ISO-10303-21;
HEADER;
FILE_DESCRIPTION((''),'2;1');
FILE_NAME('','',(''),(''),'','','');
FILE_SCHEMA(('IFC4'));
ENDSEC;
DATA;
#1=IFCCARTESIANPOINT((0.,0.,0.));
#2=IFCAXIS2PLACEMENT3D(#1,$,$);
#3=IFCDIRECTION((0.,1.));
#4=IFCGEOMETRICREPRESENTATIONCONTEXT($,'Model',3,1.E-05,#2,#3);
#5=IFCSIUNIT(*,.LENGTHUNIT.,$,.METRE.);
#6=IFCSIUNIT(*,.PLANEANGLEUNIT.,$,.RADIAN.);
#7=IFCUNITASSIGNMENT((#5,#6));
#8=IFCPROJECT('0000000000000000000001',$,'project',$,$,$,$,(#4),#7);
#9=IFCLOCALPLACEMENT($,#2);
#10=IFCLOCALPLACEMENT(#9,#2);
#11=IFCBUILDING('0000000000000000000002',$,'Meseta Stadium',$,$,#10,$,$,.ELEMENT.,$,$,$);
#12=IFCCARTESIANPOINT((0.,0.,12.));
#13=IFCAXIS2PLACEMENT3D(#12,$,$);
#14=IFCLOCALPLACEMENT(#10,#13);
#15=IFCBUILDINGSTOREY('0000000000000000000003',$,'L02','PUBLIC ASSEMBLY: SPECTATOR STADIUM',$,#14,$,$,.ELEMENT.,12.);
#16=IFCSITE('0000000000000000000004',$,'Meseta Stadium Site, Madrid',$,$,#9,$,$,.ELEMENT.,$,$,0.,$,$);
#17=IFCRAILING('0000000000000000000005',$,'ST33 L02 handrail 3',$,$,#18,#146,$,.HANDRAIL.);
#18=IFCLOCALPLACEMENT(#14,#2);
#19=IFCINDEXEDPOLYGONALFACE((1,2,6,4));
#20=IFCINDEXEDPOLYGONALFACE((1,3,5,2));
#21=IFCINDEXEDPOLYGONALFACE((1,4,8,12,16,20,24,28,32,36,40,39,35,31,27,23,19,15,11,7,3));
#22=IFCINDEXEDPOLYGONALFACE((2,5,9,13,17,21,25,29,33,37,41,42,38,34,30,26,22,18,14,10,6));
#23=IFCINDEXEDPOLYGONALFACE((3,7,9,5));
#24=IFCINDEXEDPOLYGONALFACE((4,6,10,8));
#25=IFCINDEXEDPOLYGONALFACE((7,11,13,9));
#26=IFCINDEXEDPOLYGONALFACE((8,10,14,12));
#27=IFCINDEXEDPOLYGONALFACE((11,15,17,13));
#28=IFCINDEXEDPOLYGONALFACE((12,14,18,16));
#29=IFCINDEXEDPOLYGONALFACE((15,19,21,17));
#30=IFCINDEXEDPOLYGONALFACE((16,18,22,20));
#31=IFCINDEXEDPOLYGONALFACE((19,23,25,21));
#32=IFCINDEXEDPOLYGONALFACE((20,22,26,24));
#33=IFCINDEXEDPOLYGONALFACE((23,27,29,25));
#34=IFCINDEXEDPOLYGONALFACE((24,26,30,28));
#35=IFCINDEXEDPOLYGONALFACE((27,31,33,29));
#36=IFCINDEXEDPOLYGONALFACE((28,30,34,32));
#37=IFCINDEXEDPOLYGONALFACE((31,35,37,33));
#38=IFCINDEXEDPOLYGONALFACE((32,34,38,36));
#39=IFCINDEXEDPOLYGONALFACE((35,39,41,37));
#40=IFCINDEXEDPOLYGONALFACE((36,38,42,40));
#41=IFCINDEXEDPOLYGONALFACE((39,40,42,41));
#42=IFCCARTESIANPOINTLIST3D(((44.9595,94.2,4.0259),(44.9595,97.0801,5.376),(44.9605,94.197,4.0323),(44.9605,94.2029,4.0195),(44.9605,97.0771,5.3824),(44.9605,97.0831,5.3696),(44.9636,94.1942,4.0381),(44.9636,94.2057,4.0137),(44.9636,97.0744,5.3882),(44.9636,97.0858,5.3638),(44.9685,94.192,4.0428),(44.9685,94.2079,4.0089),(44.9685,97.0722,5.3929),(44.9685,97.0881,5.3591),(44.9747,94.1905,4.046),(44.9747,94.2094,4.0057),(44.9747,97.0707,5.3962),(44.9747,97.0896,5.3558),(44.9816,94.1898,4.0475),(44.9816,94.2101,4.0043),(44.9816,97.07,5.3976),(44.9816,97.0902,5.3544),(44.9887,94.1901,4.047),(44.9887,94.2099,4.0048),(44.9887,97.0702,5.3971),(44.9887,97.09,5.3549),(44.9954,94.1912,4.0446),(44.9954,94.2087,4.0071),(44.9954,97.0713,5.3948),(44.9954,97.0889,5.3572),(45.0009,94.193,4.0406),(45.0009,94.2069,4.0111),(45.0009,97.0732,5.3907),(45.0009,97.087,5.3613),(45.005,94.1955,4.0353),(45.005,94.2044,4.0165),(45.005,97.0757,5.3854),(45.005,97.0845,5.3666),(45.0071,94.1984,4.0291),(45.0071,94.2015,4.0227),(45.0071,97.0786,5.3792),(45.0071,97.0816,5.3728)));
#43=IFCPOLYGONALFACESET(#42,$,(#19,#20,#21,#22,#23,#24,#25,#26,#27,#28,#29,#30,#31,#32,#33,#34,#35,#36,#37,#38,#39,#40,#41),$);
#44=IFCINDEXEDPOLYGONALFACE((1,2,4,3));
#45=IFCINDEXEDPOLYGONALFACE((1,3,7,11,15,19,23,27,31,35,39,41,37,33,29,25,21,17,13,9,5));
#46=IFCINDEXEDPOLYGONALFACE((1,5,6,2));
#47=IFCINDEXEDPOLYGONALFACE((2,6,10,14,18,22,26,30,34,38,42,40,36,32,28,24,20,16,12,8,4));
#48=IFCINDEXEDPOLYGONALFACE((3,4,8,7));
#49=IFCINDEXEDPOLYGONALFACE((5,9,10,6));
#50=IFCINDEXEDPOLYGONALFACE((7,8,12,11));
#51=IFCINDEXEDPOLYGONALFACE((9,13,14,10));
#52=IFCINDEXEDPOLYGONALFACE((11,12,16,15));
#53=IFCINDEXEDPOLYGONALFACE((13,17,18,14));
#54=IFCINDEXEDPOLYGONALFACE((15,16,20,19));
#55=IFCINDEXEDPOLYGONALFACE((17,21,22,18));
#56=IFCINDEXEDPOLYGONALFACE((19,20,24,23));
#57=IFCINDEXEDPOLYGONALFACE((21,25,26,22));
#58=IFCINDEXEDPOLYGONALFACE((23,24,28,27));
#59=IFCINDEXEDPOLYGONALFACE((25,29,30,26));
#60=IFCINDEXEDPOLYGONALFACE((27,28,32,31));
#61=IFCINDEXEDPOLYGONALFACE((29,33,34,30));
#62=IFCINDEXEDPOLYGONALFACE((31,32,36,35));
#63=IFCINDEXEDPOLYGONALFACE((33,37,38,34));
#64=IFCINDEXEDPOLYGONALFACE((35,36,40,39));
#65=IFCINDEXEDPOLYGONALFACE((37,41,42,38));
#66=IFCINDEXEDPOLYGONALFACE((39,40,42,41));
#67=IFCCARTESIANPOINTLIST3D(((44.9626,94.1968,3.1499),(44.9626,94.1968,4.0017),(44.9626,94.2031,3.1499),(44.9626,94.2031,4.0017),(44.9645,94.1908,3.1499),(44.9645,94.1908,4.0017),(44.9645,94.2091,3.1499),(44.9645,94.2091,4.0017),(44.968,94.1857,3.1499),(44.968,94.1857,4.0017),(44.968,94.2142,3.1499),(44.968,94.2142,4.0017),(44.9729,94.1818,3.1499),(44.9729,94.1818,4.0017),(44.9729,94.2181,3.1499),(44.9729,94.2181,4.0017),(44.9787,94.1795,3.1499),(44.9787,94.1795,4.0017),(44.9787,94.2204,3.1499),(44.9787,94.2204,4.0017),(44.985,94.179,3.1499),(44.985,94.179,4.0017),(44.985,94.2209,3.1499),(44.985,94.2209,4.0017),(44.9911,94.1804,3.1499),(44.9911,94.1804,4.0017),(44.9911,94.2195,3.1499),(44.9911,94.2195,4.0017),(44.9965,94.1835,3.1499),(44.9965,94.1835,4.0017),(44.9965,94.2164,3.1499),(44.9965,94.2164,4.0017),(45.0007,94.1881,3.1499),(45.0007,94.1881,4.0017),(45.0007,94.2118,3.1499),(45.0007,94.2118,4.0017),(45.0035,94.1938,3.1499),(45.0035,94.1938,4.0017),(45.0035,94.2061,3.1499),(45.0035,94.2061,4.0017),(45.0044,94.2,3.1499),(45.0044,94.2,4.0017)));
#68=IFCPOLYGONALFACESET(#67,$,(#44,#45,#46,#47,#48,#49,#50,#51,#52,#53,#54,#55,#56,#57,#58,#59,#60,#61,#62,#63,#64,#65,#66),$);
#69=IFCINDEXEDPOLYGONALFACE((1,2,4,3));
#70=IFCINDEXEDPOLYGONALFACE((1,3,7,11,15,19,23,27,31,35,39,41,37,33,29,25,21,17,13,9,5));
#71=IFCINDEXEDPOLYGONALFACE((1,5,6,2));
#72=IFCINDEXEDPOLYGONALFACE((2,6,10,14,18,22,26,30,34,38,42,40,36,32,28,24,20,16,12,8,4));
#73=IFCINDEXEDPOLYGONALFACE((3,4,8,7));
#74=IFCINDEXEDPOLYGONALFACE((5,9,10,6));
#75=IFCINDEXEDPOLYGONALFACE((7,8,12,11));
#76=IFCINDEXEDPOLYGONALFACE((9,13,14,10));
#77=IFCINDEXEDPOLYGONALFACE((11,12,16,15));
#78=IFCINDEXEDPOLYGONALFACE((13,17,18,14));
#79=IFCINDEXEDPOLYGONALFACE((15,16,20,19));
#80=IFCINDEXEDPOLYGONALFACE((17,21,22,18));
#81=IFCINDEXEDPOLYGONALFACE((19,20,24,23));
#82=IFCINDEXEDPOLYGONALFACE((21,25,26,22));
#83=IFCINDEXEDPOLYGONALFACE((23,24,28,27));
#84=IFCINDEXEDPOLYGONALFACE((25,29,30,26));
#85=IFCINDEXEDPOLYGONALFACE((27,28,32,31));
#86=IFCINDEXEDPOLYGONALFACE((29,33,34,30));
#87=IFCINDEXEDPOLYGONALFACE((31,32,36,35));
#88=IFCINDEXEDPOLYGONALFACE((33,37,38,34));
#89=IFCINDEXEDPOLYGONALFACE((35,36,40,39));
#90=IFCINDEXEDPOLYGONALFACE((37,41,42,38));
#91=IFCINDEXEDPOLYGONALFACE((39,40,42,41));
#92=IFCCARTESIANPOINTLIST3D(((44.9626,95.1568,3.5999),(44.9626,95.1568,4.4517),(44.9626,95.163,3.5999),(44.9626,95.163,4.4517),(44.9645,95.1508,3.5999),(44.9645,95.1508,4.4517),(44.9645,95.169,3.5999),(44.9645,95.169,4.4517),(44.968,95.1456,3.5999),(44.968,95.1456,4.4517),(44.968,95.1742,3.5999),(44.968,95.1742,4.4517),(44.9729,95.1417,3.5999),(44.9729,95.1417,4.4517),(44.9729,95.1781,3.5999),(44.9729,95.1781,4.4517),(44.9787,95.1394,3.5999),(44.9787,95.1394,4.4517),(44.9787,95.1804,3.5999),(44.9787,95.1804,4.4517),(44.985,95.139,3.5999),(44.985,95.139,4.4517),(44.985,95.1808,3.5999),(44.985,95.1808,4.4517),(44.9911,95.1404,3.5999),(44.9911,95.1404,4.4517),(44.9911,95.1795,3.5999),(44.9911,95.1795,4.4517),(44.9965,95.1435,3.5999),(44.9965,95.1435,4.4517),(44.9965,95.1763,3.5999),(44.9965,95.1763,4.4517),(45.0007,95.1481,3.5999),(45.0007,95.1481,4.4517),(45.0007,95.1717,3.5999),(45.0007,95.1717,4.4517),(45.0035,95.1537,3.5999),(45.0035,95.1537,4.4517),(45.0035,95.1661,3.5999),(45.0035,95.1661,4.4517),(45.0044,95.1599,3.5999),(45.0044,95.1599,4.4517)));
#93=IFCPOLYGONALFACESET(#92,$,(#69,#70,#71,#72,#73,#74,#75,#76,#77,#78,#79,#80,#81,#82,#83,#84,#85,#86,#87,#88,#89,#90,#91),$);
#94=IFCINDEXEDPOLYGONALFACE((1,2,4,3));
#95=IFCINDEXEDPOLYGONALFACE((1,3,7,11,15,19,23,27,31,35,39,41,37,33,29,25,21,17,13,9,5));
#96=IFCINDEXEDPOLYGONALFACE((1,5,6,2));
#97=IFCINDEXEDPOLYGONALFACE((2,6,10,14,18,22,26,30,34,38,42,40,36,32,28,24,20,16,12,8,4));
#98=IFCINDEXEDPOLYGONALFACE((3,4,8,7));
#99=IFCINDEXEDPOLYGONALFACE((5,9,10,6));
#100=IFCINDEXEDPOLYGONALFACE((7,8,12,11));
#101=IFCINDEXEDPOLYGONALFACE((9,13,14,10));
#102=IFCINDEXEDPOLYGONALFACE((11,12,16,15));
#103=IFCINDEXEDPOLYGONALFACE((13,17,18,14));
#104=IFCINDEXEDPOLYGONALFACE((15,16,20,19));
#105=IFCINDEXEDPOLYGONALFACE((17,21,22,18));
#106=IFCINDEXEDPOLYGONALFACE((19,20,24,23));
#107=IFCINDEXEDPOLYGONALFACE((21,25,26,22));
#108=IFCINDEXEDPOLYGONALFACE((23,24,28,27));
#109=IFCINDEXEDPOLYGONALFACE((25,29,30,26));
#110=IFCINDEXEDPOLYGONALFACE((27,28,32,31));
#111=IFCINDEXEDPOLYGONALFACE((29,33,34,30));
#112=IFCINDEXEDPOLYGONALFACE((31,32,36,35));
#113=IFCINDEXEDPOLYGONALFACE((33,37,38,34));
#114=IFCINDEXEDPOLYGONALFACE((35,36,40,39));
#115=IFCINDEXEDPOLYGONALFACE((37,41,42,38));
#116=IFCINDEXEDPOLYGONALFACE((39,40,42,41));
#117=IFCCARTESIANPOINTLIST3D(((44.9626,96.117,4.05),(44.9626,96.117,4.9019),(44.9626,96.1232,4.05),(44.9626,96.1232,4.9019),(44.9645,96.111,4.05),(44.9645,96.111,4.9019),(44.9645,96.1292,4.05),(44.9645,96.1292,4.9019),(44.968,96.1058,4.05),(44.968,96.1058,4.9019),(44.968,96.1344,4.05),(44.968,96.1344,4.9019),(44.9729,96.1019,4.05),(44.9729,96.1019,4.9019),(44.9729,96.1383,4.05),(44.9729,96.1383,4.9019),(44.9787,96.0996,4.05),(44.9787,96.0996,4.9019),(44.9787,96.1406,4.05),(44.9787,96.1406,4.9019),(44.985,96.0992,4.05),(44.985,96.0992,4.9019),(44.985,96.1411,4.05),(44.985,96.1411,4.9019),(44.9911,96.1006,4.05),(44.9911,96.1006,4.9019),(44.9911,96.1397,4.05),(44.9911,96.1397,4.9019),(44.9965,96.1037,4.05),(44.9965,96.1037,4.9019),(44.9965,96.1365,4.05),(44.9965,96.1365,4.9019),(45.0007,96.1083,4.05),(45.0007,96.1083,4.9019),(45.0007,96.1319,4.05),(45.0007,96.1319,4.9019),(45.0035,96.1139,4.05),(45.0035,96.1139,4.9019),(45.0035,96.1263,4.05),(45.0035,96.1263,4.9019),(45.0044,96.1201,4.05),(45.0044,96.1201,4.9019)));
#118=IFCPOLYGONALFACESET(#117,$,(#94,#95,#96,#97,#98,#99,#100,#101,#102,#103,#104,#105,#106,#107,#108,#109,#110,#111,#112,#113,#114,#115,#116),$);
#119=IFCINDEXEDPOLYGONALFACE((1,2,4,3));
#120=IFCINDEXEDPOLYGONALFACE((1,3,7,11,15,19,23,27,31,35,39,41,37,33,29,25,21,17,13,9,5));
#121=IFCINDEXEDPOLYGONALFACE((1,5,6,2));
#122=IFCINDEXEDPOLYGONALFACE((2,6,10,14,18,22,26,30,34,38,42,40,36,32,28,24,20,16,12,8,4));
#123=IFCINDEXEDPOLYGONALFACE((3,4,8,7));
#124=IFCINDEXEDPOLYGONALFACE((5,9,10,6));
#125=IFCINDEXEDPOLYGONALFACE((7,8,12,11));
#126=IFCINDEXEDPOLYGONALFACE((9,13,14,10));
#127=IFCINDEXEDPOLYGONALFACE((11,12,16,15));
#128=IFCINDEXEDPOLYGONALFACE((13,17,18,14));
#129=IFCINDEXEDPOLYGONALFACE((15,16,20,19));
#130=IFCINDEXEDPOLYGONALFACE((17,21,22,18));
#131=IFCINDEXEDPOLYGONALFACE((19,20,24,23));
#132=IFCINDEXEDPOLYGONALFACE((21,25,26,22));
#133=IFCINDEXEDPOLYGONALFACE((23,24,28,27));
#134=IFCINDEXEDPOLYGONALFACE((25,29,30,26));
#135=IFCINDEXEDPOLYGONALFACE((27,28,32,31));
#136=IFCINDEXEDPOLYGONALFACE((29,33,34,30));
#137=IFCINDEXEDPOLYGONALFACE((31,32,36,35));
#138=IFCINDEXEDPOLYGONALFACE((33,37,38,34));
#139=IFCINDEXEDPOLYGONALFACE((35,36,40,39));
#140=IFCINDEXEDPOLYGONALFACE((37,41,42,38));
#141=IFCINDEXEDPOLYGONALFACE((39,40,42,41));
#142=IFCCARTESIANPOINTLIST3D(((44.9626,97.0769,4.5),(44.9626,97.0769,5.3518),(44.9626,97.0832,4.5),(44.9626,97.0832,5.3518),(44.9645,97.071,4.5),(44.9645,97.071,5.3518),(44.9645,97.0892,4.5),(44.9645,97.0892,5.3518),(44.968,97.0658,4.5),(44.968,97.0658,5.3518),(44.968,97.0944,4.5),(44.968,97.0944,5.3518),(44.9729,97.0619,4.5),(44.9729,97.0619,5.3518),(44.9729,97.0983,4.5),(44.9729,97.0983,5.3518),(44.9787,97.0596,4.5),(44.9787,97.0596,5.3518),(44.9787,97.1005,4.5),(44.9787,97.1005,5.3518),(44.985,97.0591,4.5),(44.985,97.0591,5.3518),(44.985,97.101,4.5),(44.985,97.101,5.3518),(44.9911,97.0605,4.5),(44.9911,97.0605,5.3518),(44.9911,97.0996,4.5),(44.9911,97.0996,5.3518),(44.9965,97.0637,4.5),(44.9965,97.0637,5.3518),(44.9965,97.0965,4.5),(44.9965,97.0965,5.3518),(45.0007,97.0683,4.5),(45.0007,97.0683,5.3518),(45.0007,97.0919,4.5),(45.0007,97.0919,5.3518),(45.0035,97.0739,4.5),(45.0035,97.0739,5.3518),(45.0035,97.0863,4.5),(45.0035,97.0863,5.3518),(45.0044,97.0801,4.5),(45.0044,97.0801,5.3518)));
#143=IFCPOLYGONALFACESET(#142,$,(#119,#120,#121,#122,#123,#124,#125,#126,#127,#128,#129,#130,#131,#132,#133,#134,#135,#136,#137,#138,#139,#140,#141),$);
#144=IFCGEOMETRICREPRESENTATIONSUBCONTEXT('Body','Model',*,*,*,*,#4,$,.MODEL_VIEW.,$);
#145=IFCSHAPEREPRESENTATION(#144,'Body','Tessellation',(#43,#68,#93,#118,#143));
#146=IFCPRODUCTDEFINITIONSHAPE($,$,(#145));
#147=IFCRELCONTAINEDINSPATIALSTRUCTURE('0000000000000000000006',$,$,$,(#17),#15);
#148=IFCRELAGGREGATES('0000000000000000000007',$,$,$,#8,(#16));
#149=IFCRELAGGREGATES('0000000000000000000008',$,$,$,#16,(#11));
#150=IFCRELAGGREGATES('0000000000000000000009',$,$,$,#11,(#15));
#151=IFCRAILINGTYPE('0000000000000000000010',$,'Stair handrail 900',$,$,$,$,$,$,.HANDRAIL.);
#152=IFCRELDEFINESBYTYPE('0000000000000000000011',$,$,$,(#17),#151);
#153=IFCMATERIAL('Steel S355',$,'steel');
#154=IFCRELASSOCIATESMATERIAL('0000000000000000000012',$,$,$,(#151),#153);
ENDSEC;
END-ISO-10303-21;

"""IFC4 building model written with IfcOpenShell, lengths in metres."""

from ifc_helpers import new_model, si_unit, direction, frame, origin, origin_2d, place, context, subcontext, project, spatial, circle, extrude, material, type_object, element, save


model = new_model("IFC4")

# Units and contexts
model_context = context("Model", 3, precision=1e-05, world=origin(), true_north=direction((0.0, 1.0)))
body_context = subcontext(model_context, "Body", "Model", "MODEL_VIEW")
ifc_project = project(units=[si_unit("LENGTHUNIT", "METRE"), si_unit("PLANEANGLEUNIT", "RADIAN")], contexts=[model_context])

# Site, building, storey
site_placement = place(None, origin())
site = spatial("IfcSite", under=ifc_project, at=site_placement, Name="Meseta Stadium Site, Madrid", CompositionType="ELEMENT", RefElevation=0.0)
building_placement = place(site_placement, origin())
building = spatial("IfcBuilding", under=site, at=building_placement, Name="Meseta Stadium", CompositionType="ELEMENT")
storey_placement = place(building_placement, frame((0.0, 0.0, 12.0)))
storey = spatial("IfcBuildingStorey", under=building, at=storey_placement, Name="L02", Description="PUBLIC ASSEMBLY: SPECTATOR STADIUM", CompositionType="ELEMENT", Elevation=12.0)

# Railing
ifc_material_1 = material(Name="Steel S355", Category="steel")
railing_type_1 = type_object("IfcRailingType", Name="Stair handrail 900", PredefinedType="HANDRAIL", material=ifc_material_1)
railing_1_placement = place(storey_placement, frame((44.9834, 94.2, 3.1499)))
element("IfcRailing", 1, at=railing_1_placement, inside=storey, type_object=railing_type_1, Name="ST33 L02 handrail 3", PredefinedType="HANDRAIL", context=body_context, shape_type="SweptSolid", body=[
    extrude(circle(Radius=0.0239, at=origin_2d()), frame((0.0, 0.0, 0.876), z_axis=(0.0, 0.905454, 0.424444), x_axis=(-1.0, 0.0, 0.0)), (0.0, 0.0, 1.0), 3.1809),
    extrude(circle(Radius=0.021, at=origin_2d()), origin(), (0.0, 0.0, 1.0), 0.8518),
    extrude(circle(Radius=0.021, at=origin_2d()), frame((0.0, 0.96, 0.45)), (0.0, 0.0, 1.0), 0.8518),
    extrude(circle(Radius=0.021, at=origin_2d()), frame((0.0, 1.9202, 0.9001)), (0.0, 0.0, 1.0), 0.8518),
    extrude(circle(Radius=0.021, at=origin_2d()), frame((0.0, 2.8801, 1.3501)), (0.0, 0.0, 1.0), 0.8518),
])

save(model, "model.ifc")
